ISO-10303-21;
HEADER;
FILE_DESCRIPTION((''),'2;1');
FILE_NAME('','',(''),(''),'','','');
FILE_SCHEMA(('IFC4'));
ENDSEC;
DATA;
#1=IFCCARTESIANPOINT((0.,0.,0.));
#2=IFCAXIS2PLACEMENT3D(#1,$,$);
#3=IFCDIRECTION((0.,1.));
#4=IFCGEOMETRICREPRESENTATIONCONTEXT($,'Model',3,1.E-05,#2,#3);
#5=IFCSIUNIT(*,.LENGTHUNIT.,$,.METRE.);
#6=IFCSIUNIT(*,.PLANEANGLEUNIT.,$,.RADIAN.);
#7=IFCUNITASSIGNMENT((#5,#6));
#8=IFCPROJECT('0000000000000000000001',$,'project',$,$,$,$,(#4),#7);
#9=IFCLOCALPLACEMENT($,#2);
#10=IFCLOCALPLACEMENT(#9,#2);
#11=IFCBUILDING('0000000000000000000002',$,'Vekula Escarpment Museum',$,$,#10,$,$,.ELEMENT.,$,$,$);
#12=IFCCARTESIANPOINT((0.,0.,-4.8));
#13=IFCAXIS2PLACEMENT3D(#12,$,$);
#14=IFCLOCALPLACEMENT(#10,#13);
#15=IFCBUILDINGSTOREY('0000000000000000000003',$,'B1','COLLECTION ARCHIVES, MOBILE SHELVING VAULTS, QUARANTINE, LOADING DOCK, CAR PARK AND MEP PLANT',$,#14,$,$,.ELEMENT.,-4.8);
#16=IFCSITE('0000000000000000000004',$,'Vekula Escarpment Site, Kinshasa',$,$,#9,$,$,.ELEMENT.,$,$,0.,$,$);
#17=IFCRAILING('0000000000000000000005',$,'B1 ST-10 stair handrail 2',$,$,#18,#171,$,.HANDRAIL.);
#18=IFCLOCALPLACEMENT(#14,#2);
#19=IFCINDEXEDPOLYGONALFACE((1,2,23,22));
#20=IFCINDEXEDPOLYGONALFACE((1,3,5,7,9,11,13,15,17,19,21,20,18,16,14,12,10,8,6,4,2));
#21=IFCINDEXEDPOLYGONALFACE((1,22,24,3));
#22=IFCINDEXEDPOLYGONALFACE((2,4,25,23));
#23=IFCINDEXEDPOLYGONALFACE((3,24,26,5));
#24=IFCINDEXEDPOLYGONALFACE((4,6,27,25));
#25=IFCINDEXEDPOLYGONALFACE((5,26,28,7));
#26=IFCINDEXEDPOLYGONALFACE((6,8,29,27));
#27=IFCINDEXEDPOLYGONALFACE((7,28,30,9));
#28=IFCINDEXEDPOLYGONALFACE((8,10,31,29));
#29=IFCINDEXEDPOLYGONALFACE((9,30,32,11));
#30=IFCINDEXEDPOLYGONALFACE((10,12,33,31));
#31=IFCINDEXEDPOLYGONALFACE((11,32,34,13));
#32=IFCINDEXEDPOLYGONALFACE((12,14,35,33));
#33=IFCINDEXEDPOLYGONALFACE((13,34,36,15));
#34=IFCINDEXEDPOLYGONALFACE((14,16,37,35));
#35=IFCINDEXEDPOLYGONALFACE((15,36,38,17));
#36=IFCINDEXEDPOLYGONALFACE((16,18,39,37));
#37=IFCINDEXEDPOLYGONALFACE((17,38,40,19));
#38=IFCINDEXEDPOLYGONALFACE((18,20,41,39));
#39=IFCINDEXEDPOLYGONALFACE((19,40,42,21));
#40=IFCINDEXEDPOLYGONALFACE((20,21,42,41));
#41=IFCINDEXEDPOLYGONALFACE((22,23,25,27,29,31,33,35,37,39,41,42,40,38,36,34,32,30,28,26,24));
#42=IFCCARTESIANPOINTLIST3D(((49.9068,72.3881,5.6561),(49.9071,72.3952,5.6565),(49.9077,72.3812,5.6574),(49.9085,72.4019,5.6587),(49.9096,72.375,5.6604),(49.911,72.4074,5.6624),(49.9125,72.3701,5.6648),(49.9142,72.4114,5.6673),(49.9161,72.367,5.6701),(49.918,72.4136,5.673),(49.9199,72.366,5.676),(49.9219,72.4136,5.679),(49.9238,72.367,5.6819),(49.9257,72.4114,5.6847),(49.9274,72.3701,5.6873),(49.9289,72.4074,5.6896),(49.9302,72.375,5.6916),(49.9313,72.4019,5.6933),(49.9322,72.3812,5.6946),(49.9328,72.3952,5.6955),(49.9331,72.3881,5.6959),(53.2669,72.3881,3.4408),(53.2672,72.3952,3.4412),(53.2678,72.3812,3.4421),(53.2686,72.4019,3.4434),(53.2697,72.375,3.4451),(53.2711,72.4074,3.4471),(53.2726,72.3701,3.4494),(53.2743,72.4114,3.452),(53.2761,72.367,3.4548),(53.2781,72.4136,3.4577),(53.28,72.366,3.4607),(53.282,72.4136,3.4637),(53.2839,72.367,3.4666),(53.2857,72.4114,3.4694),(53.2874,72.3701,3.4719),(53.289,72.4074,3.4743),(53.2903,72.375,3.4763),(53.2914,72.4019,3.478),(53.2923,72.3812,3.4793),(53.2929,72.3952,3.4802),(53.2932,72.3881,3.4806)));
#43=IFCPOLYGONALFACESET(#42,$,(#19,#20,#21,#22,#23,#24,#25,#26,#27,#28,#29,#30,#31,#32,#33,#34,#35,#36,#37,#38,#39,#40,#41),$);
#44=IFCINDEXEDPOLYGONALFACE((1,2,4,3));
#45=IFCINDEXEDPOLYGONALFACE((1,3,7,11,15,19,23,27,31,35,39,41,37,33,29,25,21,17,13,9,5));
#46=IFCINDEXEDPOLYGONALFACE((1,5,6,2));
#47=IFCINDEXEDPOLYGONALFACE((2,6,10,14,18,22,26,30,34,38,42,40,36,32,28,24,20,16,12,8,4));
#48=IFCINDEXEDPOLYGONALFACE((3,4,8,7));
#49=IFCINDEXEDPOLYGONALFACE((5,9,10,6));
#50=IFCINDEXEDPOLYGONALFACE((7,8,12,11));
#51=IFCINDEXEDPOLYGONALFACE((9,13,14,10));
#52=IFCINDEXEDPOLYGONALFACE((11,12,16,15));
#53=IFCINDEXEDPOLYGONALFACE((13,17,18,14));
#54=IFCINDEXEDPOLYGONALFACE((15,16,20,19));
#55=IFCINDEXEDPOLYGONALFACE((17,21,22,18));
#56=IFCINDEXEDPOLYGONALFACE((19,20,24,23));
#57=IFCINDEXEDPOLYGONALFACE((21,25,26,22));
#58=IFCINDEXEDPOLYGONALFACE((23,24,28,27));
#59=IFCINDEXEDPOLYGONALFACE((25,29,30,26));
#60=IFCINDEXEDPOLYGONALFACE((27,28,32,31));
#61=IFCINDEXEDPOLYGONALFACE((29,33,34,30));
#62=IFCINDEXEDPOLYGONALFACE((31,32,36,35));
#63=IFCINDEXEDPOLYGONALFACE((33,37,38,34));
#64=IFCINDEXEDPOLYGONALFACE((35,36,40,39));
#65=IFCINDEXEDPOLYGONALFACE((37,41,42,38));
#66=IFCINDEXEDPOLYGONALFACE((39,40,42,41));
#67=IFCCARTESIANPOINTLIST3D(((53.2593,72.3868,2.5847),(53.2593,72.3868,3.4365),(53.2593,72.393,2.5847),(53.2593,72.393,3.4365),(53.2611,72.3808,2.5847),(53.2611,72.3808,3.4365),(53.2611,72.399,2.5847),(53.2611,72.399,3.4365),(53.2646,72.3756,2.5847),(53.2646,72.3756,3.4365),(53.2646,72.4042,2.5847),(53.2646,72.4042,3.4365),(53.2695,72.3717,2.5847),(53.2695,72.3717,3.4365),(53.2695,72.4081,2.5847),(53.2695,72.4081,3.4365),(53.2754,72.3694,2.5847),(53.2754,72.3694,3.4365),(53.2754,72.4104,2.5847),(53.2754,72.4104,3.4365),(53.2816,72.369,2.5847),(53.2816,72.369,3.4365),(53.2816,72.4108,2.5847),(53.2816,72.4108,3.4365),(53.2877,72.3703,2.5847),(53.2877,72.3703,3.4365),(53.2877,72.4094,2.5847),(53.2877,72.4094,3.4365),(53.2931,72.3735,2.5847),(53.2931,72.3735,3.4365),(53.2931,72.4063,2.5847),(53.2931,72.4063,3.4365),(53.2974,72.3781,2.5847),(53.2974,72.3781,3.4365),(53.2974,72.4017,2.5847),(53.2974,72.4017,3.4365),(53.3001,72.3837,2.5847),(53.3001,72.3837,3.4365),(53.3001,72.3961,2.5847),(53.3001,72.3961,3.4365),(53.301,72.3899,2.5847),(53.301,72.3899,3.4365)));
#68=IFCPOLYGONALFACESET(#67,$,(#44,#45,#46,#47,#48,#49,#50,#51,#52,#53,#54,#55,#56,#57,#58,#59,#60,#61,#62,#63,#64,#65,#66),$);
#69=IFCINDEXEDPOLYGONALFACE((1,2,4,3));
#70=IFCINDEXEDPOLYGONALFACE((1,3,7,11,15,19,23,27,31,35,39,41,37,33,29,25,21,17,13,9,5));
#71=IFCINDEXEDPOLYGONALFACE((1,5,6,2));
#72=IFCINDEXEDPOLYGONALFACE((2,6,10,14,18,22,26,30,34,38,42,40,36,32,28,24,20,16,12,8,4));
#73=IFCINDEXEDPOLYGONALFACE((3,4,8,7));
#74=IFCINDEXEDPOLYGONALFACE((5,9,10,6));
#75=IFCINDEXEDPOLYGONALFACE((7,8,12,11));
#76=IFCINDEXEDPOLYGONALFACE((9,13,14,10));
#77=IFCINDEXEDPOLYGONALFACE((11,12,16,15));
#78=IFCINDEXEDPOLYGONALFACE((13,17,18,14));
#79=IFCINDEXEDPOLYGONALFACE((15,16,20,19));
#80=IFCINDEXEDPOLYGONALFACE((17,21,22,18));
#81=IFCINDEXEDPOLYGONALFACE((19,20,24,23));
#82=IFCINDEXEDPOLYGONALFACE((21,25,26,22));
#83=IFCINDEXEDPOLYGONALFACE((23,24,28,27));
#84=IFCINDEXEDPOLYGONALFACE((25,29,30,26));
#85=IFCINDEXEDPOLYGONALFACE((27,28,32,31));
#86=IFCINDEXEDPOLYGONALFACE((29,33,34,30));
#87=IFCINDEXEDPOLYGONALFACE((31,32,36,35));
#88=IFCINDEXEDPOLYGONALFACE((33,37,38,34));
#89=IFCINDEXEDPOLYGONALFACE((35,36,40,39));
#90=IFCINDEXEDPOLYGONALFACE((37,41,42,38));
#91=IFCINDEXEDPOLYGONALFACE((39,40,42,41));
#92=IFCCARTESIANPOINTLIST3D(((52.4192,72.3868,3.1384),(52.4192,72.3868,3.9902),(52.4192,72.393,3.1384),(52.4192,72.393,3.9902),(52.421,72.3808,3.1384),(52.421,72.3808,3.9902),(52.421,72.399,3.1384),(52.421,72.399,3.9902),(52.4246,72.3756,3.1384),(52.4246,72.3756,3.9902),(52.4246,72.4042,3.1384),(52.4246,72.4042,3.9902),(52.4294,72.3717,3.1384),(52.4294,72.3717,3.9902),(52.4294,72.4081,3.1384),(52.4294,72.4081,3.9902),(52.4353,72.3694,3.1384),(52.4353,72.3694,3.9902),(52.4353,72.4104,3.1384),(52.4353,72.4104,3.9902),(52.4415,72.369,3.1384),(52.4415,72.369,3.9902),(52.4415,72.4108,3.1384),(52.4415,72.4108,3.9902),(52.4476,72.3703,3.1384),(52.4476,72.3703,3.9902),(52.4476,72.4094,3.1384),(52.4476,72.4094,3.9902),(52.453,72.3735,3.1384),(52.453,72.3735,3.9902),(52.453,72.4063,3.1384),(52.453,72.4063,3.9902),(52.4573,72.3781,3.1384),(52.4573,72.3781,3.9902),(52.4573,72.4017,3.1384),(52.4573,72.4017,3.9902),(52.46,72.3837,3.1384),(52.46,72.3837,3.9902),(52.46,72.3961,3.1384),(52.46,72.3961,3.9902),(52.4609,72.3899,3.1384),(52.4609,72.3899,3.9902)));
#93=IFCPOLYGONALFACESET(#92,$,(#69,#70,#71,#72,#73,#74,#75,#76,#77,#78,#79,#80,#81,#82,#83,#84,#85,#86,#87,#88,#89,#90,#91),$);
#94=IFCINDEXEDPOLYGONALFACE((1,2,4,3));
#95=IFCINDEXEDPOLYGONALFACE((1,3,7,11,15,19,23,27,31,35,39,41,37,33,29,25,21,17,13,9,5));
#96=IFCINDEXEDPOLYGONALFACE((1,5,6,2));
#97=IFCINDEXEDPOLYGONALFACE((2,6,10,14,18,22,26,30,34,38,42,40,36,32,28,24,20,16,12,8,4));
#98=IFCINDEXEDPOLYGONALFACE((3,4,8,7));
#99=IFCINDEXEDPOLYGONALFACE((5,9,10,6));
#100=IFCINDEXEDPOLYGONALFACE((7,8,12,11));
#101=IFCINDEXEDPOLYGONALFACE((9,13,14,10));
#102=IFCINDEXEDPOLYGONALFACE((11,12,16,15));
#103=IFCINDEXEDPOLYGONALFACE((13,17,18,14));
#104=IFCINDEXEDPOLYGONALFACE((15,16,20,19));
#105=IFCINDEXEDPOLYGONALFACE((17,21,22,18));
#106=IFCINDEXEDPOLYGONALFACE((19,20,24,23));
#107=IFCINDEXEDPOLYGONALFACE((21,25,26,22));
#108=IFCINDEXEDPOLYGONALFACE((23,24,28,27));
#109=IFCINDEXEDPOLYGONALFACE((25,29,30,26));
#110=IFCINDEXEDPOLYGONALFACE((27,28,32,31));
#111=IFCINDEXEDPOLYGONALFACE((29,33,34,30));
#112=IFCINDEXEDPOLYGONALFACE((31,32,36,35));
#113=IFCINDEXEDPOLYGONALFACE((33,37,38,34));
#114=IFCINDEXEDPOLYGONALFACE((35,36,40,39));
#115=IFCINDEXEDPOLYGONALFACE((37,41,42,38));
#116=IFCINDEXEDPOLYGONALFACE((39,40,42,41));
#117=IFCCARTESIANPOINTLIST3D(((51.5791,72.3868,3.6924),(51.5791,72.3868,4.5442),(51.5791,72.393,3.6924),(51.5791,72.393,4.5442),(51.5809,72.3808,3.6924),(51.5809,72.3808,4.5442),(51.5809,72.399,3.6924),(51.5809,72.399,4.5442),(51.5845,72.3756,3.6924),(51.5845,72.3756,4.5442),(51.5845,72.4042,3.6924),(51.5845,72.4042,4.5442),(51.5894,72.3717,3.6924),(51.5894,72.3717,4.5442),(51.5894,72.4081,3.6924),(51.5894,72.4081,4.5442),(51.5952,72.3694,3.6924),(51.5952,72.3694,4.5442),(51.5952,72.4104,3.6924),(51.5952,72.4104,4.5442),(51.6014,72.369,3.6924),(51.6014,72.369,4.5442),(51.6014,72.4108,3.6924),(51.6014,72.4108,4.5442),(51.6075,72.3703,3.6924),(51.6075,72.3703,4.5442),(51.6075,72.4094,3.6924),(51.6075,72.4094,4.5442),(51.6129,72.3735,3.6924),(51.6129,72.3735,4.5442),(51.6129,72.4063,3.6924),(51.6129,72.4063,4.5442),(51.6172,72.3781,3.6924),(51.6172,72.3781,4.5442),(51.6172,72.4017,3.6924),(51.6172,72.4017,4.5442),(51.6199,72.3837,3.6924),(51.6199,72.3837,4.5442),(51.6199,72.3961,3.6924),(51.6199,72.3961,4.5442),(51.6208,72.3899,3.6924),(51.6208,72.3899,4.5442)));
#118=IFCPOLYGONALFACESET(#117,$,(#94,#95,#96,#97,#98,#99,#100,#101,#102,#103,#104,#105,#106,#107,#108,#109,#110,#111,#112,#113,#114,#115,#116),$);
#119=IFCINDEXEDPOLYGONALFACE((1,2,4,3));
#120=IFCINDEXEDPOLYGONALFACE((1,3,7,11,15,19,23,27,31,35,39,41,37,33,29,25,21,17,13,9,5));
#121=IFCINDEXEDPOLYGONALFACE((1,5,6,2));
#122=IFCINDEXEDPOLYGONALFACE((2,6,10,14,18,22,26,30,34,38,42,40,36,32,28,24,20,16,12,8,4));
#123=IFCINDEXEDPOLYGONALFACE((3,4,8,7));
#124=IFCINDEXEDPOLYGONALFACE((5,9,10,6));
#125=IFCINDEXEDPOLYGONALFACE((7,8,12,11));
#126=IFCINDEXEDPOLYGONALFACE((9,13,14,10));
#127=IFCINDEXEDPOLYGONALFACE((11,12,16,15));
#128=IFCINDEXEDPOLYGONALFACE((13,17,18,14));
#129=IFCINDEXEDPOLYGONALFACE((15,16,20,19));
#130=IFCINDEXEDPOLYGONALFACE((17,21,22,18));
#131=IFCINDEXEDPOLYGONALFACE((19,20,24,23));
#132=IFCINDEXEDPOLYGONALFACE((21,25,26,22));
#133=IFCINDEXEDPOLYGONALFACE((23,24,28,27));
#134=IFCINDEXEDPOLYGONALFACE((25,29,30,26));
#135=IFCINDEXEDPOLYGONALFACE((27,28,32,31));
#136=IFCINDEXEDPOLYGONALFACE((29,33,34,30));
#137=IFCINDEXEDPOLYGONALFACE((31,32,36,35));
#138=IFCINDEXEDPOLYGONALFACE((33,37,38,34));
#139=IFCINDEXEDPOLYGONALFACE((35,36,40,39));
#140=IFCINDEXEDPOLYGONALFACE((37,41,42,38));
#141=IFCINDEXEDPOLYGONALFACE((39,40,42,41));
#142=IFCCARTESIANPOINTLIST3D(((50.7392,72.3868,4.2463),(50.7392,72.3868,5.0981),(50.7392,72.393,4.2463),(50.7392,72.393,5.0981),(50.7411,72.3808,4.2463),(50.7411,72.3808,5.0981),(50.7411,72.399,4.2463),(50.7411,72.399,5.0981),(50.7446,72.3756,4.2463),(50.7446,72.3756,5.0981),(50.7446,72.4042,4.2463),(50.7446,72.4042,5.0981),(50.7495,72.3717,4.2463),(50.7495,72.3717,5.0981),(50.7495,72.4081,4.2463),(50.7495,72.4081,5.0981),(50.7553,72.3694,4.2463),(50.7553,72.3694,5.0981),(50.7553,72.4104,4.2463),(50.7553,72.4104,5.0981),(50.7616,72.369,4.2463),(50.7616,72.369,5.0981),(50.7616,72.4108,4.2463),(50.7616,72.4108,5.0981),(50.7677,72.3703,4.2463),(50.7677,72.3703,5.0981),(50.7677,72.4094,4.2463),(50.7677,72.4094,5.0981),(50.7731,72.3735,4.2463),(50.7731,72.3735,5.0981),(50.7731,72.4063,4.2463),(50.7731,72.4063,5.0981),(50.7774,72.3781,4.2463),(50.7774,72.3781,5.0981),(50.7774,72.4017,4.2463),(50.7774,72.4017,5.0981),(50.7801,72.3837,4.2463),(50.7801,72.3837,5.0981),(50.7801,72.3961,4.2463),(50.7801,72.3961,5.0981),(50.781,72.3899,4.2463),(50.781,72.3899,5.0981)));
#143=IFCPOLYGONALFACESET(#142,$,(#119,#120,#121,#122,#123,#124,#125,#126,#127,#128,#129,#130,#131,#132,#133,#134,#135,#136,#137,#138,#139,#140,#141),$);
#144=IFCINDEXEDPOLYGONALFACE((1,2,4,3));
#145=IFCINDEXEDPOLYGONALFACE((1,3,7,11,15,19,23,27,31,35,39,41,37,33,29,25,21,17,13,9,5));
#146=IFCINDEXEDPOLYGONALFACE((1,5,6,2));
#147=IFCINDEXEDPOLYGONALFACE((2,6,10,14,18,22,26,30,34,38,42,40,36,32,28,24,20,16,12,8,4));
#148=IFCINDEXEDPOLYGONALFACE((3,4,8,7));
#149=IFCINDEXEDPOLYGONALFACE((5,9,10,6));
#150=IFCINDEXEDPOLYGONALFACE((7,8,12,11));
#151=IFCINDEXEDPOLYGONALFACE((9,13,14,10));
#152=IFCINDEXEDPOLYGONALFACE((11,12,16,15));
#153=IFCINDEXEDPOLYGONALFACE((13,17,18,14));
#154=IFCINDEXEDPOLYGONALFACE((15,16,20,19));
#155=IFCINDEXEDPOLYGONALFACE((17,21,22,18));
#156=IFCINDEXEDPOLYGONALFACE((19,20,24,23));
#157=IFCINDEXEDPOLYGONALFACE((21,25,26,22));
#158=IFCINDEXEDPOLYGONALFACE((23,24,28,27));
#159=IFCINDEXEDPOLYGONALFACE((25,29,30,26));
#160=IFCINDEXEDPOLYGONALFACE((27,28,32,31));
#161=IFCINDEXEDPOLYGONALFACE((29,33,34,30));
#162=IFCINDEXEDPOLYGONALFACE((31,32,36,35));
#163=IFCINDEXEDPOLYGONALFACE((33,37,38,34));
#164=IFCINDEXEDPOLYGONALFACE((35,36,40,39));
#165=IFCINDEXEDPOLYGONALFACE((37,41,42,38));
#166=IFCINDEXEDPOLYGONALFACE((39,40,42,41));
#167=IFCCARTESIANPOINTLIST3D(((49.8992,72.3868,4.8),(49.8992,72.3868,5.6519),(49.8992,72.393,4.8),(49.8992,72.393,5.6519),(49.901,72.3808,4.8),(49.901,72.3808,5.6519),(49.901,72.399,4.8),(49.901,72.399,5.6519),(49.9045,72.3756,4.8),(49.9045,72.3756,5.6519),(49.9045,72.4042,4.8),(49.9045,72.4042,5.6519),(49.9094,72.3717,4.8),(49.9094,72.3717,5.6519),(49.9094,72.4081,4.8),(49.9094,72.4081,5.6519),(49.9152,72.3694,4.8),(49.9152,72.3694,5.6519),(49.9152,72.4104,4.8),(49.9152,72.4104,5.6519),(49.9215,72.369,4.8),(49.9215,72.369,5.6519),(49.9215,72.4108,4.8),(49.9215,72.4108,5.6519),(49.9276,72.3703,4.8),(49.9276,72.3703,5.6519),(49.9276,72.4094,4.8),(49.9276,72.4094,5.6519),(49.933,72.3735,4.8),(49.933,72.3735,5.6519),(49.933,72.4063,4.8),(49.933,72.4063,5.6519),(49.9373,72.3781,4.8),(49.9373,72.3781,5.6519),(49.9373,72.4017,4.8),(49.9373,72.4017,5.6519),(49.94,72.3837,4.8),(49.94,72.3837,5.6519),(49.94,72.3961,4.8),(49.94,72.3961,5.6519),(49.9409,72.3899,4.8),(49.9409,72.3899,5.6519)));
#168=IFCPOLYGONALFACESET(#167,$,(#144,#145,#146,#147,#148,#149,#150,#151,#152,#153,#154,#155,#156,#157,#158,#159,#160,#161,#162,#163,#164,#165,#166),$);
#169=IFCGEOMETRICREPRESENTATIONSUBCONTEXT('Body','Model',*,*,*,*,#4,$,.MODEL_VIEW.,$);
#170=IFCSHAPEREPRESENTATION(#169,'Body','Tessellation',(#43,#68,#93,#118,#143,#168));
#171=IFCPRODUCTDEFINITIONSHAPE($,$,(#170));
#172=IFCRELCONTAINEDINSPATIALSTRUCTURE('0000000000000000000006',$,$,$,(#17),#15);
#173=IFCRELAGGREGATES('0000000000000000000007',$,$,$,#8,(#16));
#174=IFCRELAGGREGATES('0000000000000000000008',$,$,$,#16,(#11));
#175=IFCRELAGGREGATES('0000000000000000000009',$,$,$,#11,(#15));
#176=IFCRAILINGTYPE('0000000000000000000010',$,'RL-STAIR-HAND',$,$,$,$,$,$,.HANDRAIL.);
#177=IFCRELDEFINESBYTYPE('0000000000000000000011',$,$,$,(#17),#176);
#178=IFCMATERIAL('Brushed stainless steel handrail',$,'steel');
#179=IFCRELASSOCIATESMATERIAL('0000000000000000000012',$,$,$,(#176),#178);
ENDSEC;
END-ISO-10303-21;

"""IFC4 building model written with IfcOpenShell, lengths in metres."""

from ifc_helpers import new_model, si_unit, direction, frame, origin, origin_2d, place, context, subcontext, project, spatial, circle, extrude, material, type_object, element, save


model = new_model("IFC4")

# Units and contexts
model_context = context("Model", 3, precision=1e-05, world=origin(), true_north=direction((0.0, 1.0)))
body_context = subcontext(model_context, "Body", "Model", "MODEL_VIEW")
ifc_project = project(units=[si_unit("LENGTHUNIT", "METRE"), si_unit("PLANEANGLEUNIT", "RADIAN")], contexts=[model_context])

# Site, building, storey
site_placement = place(None, origin())
site = spatial("IfcSite", under=ifc_project, at=site_placement, Name="Vekula Escarpment Site, Kinshasa", CompositionType="ELEMENT", RefElevation=0.0)
building_placement = place(site_placement, origin())
building = spatial("IfcBuilding", under=site, at=building_placement, Name="Vekula Escarpment Museum", CompositionType="ELEMENT")
storey_placement = place(building_placement, frame((0.0, 0.0, -4.8)))
storey = spatial("IfcBuildingStorey", under=building, at=storey_placement, Name="B1", Description="COLLECTION ARCHIVES, MOBILE SHELVING VAULTS, QUARANTINE, LOADING DOCK, CAR PARK AND MEP PLANT", CompositionType="ELEMENT", Elevation=-4.8)

# Railing
ifc_material_1 = material(Name="Brushed stainless steel handrail", Category="steel")
railing_type_1 = type_object("IfcRailingType", Name="RL-STAIR-HAND", PredefinedType="HANDRAIL", material=ifc_material_1)
railing_1_placement = place(storey_placement, frame((53.28, 72.3899, 2.5847)))
element("IfcRailing", 1, at=railing_1_placement, inside=storey, type_object=railing_type_1, Name="B1 ST-10 stair handrail 2", PredefinedType="HANDRAIL", context=body_context, shape_type="SweptSolid", body=[
    extrude(circle(Radius=0.0239, at=origin_2d()), frame((0.0, 0.0, 0.876), z_axis=(-0.834876, 0.0, 0.550437), x_axis=(0.0, -1.0, 0.0)), (0.0, 0.0, 1.0), 4.0247),
    extrude(circle(Radius=0.021, at=origin_2d()), origin(), (0.0, 0.0, 1.0), 0.8518),
    extrude(circle(Radius=0.021, at=origin_2d()), frame((-0.8401, 0.0, 0.5537)), (0.0, 0.0, 1.0), 0.8518),
    extrude(circle(Radius=0.021, at=origin_2d()), frame((-1.6802, 0.0, 1.1077)), (0.0, 0.0, 1.0), 0.8518),
    extrude(circle(Radius=0.021, at=origin_2d()), frame((-2.52, 0.0, 1.6616)), (0.0, 0.0, 1.0), 0.8518),
    extrude(circle(Radius=0.021, at=origin_2d()), frame((-3.3601, 0.0, 2.2153)), (0.0, 0.0, 1.0), 0.8518),
])

save(model, "model.ifc")
